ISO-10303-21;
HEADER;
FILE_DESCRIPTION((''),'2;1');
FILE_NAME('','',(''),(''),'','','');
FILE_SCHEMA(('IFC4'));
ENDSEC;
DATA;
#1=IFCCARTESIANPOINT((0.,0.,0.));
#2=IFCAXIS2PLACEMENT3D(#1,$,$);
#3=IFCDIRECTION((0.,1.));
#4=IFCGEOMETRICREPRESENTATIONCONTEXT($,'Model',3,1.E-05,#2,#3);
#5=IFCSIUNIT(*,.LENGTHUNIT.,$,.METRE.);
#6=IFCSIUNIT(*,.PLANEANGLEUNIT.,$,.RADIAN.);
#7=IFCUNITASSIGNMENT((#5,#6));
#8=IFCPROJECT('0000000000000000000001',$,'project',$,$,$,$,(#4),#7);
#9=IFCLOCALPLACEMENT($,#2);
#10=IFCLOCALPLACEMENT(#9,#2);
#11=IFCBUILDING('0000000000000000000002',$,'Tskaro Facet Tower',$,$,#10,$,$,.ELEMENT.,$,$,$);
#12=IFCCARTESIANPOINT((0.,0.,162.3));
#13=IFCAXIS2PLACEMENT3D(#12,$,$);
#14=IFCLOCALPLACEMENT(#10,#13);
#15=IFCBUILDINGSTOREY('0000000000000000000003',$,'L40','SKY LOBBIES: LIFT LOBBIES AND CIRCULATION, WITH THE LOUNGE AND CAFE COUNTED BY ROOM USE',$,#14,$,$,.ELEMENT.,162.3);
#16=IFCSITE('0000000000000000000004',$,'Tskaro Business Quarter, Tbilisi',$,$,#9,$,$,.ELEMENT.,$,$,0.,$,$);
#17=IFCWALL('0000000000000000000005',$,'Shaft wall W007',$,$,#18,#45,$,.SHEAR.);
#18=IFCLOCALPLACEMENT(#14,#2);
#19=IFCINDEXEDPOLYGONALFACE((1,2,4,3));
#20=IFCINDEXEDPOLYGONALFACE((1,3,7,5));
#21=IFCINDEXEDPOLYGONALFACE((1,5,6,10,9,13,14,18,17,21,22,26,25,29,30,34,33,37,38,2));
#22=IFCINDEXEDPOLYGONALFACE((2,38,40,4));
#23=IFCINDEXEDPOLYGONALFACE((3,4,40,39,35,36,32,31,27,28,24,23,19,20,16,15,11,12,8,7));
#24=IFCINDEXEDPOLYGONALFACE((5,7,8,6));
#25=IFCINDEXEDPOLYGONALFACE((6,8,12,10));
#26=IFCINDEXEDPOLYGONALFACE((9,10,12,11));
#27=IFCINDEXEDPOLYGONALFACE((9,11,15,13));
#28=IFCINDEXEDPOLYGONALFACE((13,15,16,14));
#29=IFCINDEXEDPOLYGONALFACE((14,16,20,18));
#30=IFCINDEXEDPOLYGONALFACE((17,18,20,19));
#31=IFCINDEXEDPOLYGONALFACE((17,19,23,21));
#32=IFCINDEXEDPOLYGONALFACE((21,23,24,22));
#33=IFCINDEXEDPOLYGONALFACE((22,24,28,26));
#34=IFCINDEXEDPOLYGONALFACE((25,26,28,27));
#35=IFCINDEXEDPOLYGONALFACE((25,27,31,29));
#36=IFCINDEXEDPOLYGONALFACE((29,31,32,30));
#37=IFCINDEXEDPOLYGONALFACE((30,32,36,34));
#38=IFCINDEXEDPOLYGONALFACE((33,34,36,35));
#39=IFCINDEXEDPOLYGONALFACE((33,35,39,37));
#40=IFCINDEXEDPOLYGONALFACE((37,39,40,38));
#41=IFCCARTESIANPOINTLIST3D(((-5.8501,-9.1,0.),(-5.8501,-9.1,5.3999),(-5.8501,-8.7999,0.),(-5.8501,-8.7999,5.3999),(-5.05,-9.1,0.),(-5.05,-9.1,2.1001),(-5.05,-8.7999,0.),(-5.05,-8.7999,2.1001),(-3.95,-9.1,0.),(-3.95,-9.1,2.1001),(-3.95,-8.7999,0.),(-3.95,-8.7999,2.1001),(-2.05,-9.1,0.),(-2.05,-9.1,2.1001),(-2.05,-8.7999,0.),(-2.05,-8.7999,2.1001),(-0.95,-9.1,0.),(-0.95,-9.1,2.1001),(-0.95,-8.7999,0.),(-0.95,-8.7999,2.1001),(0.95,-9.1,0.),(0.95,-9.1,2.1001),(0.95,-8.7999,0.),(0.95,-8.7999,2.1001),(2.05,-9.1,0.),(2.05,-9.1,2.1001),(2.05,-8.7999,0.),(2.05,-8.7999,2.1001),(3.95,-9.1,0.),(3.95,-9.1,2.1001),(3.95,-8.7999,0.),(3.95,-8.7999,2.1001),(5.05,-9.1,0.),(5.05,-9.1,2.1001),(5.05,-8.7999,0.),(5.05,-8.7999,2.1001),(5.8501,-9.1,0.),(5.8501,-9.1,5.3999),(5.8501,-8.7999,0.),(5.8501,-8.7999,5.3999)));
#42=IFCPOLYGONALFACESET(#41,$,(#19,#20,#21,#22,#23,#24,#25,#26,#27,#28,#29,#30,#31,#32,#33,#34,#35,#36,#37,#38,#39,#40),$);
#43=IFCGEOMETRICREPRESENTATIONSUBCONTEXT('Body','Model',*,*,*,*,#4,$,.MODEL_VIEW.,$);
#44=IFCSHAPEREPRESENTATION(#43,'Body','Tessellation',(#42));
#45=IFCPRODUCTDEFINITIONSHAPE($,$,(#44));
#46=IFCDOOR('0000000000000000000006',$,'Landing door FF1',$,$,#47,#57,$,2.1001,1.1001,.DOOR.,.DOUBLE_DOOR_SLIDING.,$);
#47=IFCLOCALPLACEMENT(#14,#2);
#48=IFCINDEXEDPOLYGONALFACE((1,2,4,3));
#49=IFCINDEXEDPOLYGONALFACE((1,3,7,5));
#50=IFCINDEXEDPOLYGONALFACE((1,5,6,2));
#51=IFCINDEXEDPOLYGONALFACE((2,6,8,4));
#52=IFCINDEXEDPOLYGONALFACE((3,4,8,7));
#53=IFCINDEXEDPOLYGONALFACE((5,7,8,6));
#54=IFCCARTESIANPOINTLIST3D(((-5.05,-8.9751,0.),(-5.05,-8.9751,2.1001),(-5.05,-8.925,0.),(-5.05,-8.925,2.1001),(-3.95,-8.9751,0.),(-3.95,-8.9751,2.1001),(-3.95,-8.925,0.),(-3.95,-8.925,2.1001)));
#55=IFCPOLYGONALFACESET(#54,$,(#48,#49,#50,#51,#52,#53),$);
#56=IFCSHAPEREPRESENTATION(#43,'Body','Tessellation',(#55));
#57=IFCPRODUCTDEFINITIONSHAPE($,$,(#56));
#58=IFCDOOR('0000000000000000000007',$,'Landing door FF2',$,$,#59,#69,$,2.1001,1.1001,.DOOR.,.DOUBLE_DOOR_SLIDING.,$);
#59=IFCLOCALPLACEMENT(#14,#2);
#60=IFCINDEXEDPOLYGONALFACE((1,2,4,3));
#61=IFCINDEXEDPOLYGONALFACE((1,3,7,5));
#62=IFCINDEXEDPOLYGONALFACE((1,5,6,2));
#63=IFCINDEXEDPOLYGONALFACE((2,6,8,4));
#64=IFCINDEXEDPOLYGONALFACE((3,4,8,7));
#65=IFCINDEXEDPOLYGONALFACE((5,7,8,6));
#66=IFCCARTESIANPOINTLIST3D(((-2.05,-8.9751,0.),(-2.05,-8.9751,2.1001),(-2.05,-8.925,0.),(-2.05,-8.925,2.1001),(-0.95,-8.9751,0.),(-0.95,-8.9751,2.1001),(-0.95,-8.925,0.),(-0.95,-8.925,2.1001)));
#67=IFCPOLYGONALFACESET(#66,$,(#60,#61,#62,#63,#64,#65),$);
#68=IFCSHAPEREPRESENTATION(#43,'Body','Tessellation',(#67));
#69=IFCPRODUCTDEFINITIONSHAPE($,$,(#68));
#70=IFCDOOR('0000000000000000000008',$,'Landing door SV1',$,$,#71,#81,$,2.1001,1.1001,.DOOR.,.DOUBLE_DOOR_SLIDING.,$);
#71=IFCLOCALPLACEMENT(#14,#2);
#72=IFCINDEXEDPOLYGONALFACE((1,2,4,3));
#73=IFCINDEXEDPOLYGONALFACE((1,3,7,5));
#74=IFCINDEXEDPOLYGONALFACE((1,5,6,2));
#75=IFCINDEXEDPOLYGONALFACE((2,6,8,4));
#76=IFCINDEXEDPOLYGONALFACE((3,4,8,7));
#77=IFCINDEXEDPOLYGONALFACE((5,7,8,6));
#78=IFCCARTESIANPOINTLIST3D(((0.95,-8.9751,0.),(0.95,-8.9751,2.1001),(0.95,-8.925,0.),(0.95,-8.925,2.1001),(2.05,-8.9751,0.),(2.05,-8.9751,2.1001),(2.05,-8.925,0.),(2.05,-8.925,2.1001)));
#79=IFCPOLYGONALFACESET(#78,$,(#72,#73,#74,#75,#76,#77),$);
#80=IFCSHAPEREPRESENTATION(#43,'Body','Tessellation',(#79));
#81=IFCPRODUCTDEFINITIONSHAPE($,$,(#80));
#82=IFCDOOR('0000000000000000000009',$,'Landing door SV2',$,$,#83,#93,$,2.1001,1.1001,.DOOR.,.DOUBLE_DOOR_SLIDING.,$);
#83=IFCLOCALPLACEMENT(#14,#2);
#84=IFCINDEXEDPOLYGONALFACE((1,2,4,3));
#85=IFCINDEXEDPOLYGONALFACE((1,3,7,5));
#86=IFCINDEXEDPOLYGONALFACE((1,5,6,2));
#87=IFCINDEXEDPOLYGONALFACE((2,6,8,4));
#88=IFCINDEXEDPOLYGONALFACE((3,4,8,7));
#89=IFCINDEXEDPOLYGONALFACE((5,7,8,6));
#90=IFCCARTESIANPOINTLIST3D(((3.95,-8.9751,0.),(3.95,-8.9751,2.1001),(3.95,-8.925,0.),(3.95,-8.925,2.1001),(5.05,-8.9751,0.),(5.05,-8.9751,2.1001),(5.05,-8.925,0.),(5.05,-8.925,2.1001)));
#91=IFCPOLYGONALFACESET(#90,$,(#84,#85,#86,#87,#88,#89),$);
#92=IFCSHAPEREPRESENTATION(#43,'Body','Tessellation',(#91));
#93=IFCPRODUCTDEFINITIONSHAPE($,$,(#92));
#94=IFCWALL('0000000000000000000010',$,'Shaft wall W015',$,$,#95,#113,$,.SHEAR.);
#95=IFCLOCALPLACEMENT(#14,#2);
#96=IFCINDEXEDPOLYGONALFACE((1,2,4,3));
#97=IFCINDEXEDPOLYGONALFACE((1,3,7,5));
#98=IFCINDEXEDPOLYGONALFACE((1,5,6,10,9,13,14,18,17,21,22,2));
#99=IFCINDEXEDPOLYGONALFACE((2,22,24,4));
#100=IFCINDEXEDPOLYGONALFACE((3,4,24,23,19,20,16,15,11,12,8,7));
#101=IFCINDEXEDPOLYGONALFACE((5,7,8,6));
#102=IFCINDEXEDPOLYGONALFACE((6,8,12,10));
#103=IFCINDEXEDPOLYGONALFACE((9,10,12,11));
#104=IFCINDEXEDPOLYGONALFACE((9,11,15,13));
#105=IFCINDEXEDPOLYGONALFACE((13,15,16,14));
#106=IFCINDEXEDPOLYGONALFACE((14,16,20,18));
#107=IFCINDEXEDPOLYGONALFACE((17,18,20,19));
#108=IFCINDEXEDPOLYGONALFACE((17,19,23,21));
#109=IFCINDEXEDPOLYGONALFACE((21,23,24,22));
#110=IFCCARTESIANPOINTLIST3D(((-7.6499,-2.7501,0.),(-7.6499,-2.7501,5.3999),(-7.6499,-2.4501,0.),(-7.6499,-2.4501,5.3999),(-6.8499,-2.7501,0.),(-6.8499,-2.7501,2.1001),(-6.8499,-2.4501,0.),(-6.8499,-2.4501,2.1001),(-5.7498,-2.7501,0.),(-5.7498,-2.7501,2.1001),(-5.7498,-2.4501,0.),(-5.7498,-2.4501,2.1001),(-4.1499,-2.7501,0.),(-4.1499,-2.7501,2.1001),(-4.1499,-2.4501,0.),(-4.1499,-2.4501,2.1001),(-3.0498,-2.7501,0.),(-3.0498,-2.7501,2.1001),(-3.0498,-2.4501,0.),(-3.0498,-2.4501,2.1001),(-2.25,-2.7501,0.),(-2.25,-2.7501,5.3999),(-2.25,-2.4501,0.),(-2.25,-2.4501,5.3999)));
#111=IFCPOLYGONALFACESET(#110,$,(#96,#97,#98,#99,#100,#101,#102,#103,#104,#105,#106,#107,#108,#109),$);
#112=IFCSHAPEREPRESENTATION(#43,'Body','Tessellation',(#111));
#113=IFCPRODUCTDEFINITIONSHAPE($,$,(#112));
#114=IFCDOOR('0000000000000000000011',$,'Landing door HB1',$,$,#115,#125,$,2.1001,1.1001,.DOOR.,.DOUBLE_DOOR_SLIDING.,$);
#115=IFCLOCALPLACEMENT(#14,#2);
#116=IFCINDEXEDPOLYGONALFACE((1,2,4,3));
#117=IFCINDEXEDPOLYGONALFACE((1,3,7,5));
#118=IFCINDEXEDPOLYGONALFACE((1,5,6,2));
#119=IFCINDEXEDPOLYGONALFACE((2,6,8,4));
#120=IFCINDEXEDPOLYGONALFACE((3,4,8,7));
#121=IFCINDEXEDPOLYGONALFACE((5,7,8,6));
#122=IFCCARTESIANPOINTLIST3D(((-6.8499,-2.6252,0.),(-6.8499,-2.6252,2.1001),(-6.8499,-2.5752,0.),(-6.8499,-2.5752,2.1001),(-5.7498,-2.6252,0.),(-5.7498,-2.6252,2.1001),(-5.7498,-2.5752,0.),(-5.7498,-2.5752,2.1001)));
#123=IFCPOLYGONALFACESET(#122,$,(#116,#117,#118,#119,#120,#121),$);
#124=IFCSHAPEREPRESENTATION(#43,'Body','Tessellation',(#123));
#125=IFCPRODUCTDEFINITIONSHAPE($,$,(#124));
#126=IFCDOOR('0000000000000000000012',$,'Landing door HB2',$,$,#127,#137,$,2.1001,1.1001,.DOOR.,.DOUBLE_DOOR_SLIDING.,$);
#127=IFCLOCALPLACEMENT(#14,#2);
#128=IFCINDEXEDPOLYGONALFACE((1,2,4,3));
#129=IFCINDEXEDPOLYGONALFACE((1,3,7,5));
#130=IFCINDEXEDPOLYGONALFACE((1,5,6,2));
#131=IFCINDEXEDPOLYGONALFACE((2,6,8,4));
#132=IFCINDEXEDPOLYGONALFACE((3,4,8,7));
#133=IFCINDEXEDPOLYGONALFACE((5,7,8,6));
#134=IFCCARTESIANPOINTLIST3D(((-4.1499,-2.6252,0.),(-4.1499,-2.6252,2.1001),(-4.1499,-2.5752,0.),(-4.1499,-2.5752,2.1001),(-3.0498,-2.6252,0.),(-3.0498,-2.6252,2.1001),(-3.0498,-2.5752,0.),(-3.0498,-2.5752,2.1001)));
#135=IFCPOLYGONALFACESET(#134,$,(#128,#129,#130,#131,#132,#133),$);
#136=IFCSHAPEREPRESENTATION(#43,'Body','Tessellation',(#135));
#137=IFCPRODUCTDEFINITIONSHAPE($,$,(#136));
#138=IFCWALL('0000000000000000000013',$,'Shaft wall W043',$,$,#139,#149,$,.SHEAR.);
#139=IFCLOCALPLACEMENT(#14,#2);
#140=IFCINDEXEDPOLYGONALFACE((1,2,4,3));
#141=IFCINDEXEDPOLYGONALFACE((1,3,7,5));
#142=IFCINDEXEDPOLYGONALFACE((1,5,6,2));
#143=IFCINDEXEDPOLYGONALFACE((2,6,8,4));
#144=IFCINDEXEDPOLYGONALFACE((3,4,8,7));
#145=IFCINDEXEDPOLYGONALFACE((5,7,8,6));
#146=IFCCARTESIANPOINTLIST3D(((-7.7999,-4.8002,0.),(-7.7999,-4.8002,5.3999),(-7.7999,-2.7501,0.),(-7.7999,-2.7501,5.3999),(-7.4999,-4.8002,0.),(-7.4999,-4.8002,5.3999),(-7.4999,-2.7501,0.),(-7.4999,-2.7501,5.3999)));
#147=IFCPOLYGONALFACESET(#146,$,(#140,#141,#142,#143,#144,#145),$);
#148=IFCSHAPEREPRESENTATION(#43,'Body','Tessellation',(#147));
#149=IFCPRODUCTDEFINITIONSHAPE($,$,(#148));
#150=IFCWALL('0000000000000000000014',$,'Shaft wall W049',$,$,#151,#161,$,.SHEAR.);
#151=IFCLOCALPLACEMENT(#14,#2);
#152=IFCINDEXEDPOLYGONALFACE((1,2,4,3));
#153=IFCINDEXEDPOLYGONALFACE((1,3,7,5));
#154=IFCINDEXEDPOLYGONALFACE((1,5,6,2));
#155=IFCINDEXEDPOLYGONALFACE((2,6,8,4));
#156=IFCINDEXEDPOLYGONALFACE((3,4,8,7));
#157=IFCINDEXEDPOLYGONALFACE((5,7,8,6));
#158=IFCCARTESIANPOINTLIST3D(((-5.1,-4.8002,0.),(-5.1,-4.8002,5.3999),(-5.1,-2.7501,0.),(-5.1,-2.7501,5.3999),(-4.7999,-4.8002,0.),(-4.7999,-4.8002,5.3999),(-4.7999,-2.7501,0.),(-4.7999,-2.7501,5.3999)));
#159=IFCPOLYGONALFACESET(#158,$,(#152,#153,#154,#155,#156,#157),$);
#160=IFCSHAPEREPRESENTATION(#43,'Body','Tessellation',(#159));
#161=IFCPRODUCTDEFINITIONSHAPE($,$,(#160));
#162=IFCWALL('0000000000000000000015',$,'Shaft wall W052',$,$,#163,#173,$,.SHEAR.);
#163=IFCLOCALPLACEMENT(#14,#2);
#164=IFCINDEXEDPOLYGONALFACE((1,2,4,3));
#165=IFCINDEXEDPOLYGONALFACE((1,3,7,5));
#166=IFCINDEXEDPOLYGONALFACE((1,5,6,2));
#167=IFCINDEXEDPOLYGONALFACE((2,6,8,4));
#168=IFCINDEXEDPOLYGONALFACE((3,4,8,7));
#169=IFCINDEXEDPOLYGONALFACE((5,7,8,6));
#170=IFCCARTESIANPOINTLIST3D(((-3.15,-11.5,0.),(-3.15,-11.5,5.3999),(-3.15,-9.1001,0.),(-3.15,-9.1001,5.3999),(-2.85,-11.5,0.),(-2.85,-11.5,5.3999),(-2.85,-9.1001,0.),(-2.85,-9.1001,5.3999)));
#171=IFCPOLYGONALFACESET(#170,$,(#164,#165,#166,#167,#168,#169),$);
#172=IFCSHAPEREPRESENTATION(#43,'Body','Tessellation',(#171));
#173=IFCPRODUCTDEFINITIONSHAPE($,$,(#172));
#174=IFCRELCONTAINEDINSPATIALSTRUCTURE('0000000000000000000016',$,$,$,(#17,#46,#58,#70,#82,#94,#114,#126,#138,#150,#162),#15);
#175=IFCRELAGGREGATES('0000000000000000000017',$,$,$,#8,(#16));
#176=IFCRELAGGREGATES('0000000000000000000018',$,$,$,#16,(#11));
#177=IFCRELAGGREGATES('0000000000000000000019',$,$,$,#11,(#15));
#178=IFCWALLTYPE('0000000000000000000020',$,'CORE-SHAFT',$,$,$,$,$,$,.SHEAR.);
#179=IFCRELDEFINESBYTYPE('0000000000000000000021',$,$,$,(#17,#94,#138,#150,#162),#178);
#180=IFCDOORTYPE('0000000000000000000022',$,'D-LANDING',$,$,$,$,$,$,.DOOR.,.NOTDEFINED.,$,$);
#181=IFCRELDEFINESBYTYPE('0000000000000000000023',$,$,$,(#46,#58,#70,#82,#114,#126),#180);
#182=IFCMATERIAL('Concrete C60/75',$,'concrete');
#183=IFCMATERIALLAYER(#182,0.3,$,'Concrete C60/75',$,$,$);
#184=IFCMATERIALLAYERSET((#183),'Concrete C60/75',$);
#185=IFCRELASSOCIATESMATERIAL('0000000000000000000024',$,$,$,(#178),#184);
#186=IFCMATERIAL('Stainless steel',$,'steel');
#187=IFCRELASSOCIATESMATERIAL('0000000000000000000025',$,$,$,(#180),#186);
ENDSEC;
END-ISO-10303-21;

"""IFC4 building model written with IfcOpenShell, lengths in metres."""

from ifc_helpers import new_model, si_unit, direction, frame, frame_2d, origin, place, context, subcontext, project, spatial, rectangle, extrude, material, layer, layer_set, type_object, element, fill, save


model = new_model("IFC4")

# Units and contexts
model_context = context("Model", 3, precision=1e-05, world=origin(), true_north=direction((0.0, 1.0)))
body_context = subcontext(model_context, "Body", "Model", "MODEL_VIEW")
ifc_project = project(units=[si_unit("LENGTHUNIT", "METRE"), si_unit("PLANEANGLEUNIT", "RADIAN")], contexts=[model_context])

# Site, building, storey
site_placement = place(None, origin())
site = spatial("IfcSite", under=ifc_project, at=site_placement, Name="Tskaro Business Quarter, Tbilisi", CompositionType="ELEMENT", RefElevation=0.0)
building_placement = place(site_placement, origin())
building = spatial("IfcBuilding", under=site, at=building_placement, Name="Tskaro Facet Tower", CompositionType="ELEMENT")
storey_placement = place(building_placement, frame((0.0, 0.0, 162.3)))
storey = spatial("IfcBuildingStorey", under=building, at=storey_placement, Name="L40", Description="SKY LOBBIES: LIFT LOBBIES AND CIRCULATION, WITH THE LOUNGE AND CAFE COUNTED BY ROOM USE", CompositionType="ELEMENT", Elevation=162.3)

# Walls, openings, doors
ifc_material_1 = material(Name="Concrete C60/75", Category="concrete")
ifc_layer_1 = layer(ifc_material_1, 0.3, Name="Concrete C60/75")
ifc_layer_set_1 = layer_set([ifc_layer_1], Name="Concrete C60/75")
wall_type_1 = type_object("IfcWallType", Name="CORE-SHAFT", PredefinedType="SHEAR", material=ifc_layer_set_1)
wall_1_placement = place(storey_placement, frame((-5.8501, -8.95, 0.0), z_axis=(0.0, 0.0, 1.0), x_axis=(1.0, 0.0, 0.0)))
wall_1 = element("IfcWall", 1, at=wall_1_placement, inside=storey, type_object=wall_type_1, Name="Shaft wall W007", PredefinedType="SHEAR", context=body_context, shape_type="SweptSolid", body=[
    extrude(rectangle(XDim=11.7002, YDim=0.3, at=frame_2d((5.8501, 0.0))), origin(), (0.0, 0.0, 1.0), 5.3999),
])
opening_1_placement = place(wall_1_placement, frame((0.8, 0.0, 0.0)))
opening_1 = element("IfcOpeningElement", 2, at=opening_1_placement, cuts=wall_1, PredefinedType="OPENING", context=body_context, shape_type="SweptSolid", body=[
    extrude(rectangle(XDim=1.1001, YDim=2.1001, at=frame_2d((0.55, 1.05))), frame((0.0, 0.1599, 0.0), z_axis=(0.0, -1.0, 0.0), x_axis=(1.0, 0.0, 0.0)), (0.0, 0.0, 1.0), 0.3201),
])
opening_2_placement = place(wall_1_placement, frame((3.8, 0.0, 0.0)))
opening_2 = element("IfcOpeningElement", 3, at=opening_2_placement, cuts=wall_1, PredefinedType="OPENING", context=body_context, shape_type="SweptSolid", body=[
    extrude(rectangle(XDim=1.1001, YDim=2.1001, at=frame_2d((0.55, 1.05))), frame((0.0, 0.1599, 0.0), z_axis=(0.0, -1.0, 0.0), x_axis=(1.0, 0.0, 0.0)), (0.0, 0.0, 1.0), 0.3201),
])
opening_3_placement = place(wall_1_placement, frame((6.8, 0.0, 0.0)))
opening_3 = element("IfcOpeningElement", 4, at=opening_3_placement, cuts=wall_1, PredefinedType="OPENING", context=body_context, shape_type="SweptSolid", body=[
    extrude(rectangle(XDim=1.1001, YDim=2.1001, at=frame_2d((0.55, 1.05))), frame((0.0, 0.1599, 0.0), z_axis=(0.0, -1.0, 0.0), x_axis=(1.0, 0.0, 0.0)), (0.0, 0.0, 1.0), 0.3201),
])
opening_4_placement = place(wall_1_placement, frame((9.8, 0.0, 0.0)))
opening_4 = element("IfcOpeningElement", 5, at=opening_4_placement, cuts=wall_1, PredefinedType="OPENING", context=body_context, shape_type="SweptSolid", body=[
    extrude(rectangle(XDim=1.1001, YDim=2.1001, at=frame_2d((0.55, 1.05))), frame((0.0, 0.1599, 0.0), z_axis=(0.0, -1.0, 0.0), x_axis=(1.0, 0.0, 0.0)), (0.0, 0.0, 1.0), 0.3201),
])
ifc_material_2 = material(Name="Stainless steel", Category="steel")
door_type_1 = type_object("IfcDoorType", Name="D-LANDING", OperationType="NOTDEFINED", PredefinedType="DOOR", material=ifc_material_2)
door_1_placement = place(opening_1_placement, origin())
door_1 = element("IfcDoor", 6, at=door_1_placement, inside=storey, type_object=door_type_1, Name="Landing door FF1", OperationType="DOUBLE_DOOR_SLIDING", OverallHeight=2.1001, OverallWidth=1.1001, PredefinedType="DOOR", context=body_context, shape_type="SweptSolid", body=[
    extrude(rectangle(XDim=1.1001, YDim=2.1001, at=frame_2d((0.55, 1.05))), frame((0.0, 0.0249, 0.0), z_axis=(0.0, -1.0, 0.0), x_axis=(1.0, 0.0, 0.0)), (0.0, 0.0, 1.0), 0.05),
])
fill(opening_1, door_1)
door_2_placement = place(opening_2_placement, origin())
door_2 = element("IfcDoor", 7, at=door_2_placement, inside=storey, type_object=door_type_1, Name="Landing door FF2", OperationType="DOUBLE_DOOR_SLIDING", OverallHeight=2.1001, OverallWidth=1.1001, PredefinedType="DOOR", context=body_context, shape_type="SweptSolid", body=[
    extrude(rectangle(XDim=1.1001, YDim=2.1001, at=frame_2d((0.55, 1.05))), frame((0.0, 0.0249, 0.0), z_axis=(0.0, -1.0, 0.0), x_axis=(1.0, 0.0, 0.0)), (0.0, 0.0, 1.0), 0.05),
])
fill(opening_2, door_2)
door_3_placement = place(opening_3_placement, origin())
door_3 = element("IfcDoor", 8, at=door_3_placement, inside=storey, type_object=door_type_1, Name="Landing door SV1", OperationType="DOUBLE_DOOR_SLIDING", OverallHeight=2.1001, OverallWidth=1.1001, PredefinedType="DOOR", context=body_context, shape_type="SweptSolid", body=[
    extrude(rectangle(XDim=1.1001, YDim=2.1001, at=frame_2d((0.55, 1.05))), frame((0.0, 0.0249, 0.0), z_axis=(0.0, -1.0, 0.0), x_axis=(1.0, 0.0, 0.0)), (0.0, 0.0, 1.0), 0.05),
])
fill(opening_3, door_3)
door_4_placement = place(opening_4_placement, origin())
door_4 = element("IfcDoor", 9, at=door_4_placement, inside=storey, type_object=door_type_1, Name="Landing door SV2", OperationType="DOUBLE_DOOR_SLIDING", OverallHeight=2.1001, OverallWidth=1.1001, PredefinedType="DOOR", context=body_context, shape_type="SweptSolid", body=[
    extrude(rectangle(XDim=1.1001, YDim=2.1001, at=frame_2d((0.55, 1.05))), frame((0.0, 0.0249, 0.0), z_axis=(0.0, -1.0, 0.0), x_axis=(1.0, 0.0, 0.0)), (0.0, 0.0, 1.0), 0.05),
])
fill(opening_4, door_4)
wall_2_placement = place(storey_placement, frame((-7.6499, -2.6001, 0.0), z_axis=(0.0, 0.0, 1.0), x_axis=(1.0, 0.0, 0.0)))
wall_2 = element("IfcWall", 10, at=wall_2_placement, inside=storey, type_object=wall_type_1, Name="Shaft wall W015", PredefinedType="SHEAR", context=body_context, shape_type="SweptSolid", body=[
    extrude(rectangle(XDim=5.3999, YDim=0.3, at=frame_2d((2.7, 0.0))), origin(), (0.0, 0.0, 1.0), 5.3999),
])
opening_5_placement = place(wall_2_placement, frame((0.8, 0.0, 0.0)))
opening_5 = element("IfcOpeningElement", 11, at=opening_5_placement, cuts=wall_2, PredefinedType="OPENING", context=body_context, shape_type="SweptSolid", body=[
    extrude(rectangle(XDim=1.1001, YDim=2.1001, at=frame_2d((0.55, 1.05))), frame((0.0, 0.1599, 0.0), z_axis=(0.0, -1.0, 0.0), x_axis=(1.0, 0.0, 0.0)), (0.0, 0.0, 1.0), 0.3201),
])
opening_6_placement = place(wall_2_placement, frame((3.5, 0.0, 0.0)))
opening_6 = element("IfcOpeningElement", 12, at=opening_6_placement, cuts=wall_2, PredefinedType="OPENING", context=body_context, shape_type="SweptSolid", body=[
    extrude(rectangle(XDim=1.1001, YDim=2.1001, at=frame_2d((0.55, 1.05))), frame((0.0, 0.1599, 0.0), z_axis=(0.0, -1.0, 0.0), x_axis=(1.0, 0.0, 0.0)), (0.0, 0.0, 1.0), 0.3201),
])
door_5_placement = place(opening_5_placement, origin())
door_5 = element("IfcDoor", 13, at=door_5_placement, inside=storey, type_object=door_type_1, Name="Landing door HB1", OperationType="DOUBLE_DOOR_SLIDING", OverallHeight=2.1001, OverallWidth=1.1001, PredefinedType="DOOR", context=body_context, shape_type="SweptSolid", body=[
    extrude(rectangle(XDim=1.1001, YDim=2.1001, at=frame_2d((0.55, 1.05))), frame((0.0, 0.0249, 0.0), z_axis=(0.0, -1.0, 0.0), x_axis=(1.0, 0.0, 0.0)), (0.0, 0.0, 1.0), 0.05),
])
fill(opening_5, door_5)
door_6_placement = place(opening_6_placement, origin())
door_6 = element("IfcDoor", 14, at=door_6_placement, inside=storey, type_object=door_type_1, Name="Landing door HB2", OperationType="DOUBLE_DOOR_SLIDING", OverallHeight=2.1001, OverallWidth=1.1001, PredefinedType="DOOR", context=body_context, shape_type="SweptSolid", body=[
    extrude(rectangle(XDim=1.1001, YDim=2.1001, at=frame_2d((0.55, 1.05))), frame((0.0, 0.0249, 0.0), z_axis=(0.0, -1.0, 0.0), x_axis=(1.0, 0.0, 0.0)), (0.0, 0.0, 1.0), 0.05),
])
fill(opening_6, door_6)

# Walls
for number, where, z_axis, x_axis, name in (
    (15, (-7.6499, -4.8, 0.0), (0.0, 0.0, 1.0), (0.0, 1.0, 0.0), "Shaft wall W043"),
    (16, (-4.95, -4.8, 0.0), (0.0, 0.0, 1.0), (0.0, 1.0, 0.0), "Shaft wall W049"),
):
    element("IfcWall", number, at=place(storey_placement, frame(where, z_axis=z_axis, x_axis=x_axis)), inside=storey, type_object=wall_type_1, Name=name, PredefinedType="SHEAR", context=body_context, shape_type="SweptSolid", body=[
        extrude(rectangle(XDim=2.05, YDim=0.3, at=frame_2d((1.0249, 0.0))), origin(), (0.0, 0.0, 1.0), 5.3999),
    ])
wall_3_placement = place(storey_placement, frame((-3.0, -11.5, 0.0), z_axis=(0.0, 0.0, 1.0), x_axis=(0.0, 1.0, 0.0)))
element("IfcWall", 17, at=wall_3_placement, inside=storey, type_object=wall_type_1, Name="Shaft wall W052", PredefinedType="SHEAR", context=body_context, shape_type="SweptSolid", body=[
    extrude(rectangle(XDim=2.3999, YDim=0.3, at=frame_2d((1.2, 0.0))), origin(), (0.0, 0.0, 1.0), 5.3999),
])

save(model, "model.ifc")
